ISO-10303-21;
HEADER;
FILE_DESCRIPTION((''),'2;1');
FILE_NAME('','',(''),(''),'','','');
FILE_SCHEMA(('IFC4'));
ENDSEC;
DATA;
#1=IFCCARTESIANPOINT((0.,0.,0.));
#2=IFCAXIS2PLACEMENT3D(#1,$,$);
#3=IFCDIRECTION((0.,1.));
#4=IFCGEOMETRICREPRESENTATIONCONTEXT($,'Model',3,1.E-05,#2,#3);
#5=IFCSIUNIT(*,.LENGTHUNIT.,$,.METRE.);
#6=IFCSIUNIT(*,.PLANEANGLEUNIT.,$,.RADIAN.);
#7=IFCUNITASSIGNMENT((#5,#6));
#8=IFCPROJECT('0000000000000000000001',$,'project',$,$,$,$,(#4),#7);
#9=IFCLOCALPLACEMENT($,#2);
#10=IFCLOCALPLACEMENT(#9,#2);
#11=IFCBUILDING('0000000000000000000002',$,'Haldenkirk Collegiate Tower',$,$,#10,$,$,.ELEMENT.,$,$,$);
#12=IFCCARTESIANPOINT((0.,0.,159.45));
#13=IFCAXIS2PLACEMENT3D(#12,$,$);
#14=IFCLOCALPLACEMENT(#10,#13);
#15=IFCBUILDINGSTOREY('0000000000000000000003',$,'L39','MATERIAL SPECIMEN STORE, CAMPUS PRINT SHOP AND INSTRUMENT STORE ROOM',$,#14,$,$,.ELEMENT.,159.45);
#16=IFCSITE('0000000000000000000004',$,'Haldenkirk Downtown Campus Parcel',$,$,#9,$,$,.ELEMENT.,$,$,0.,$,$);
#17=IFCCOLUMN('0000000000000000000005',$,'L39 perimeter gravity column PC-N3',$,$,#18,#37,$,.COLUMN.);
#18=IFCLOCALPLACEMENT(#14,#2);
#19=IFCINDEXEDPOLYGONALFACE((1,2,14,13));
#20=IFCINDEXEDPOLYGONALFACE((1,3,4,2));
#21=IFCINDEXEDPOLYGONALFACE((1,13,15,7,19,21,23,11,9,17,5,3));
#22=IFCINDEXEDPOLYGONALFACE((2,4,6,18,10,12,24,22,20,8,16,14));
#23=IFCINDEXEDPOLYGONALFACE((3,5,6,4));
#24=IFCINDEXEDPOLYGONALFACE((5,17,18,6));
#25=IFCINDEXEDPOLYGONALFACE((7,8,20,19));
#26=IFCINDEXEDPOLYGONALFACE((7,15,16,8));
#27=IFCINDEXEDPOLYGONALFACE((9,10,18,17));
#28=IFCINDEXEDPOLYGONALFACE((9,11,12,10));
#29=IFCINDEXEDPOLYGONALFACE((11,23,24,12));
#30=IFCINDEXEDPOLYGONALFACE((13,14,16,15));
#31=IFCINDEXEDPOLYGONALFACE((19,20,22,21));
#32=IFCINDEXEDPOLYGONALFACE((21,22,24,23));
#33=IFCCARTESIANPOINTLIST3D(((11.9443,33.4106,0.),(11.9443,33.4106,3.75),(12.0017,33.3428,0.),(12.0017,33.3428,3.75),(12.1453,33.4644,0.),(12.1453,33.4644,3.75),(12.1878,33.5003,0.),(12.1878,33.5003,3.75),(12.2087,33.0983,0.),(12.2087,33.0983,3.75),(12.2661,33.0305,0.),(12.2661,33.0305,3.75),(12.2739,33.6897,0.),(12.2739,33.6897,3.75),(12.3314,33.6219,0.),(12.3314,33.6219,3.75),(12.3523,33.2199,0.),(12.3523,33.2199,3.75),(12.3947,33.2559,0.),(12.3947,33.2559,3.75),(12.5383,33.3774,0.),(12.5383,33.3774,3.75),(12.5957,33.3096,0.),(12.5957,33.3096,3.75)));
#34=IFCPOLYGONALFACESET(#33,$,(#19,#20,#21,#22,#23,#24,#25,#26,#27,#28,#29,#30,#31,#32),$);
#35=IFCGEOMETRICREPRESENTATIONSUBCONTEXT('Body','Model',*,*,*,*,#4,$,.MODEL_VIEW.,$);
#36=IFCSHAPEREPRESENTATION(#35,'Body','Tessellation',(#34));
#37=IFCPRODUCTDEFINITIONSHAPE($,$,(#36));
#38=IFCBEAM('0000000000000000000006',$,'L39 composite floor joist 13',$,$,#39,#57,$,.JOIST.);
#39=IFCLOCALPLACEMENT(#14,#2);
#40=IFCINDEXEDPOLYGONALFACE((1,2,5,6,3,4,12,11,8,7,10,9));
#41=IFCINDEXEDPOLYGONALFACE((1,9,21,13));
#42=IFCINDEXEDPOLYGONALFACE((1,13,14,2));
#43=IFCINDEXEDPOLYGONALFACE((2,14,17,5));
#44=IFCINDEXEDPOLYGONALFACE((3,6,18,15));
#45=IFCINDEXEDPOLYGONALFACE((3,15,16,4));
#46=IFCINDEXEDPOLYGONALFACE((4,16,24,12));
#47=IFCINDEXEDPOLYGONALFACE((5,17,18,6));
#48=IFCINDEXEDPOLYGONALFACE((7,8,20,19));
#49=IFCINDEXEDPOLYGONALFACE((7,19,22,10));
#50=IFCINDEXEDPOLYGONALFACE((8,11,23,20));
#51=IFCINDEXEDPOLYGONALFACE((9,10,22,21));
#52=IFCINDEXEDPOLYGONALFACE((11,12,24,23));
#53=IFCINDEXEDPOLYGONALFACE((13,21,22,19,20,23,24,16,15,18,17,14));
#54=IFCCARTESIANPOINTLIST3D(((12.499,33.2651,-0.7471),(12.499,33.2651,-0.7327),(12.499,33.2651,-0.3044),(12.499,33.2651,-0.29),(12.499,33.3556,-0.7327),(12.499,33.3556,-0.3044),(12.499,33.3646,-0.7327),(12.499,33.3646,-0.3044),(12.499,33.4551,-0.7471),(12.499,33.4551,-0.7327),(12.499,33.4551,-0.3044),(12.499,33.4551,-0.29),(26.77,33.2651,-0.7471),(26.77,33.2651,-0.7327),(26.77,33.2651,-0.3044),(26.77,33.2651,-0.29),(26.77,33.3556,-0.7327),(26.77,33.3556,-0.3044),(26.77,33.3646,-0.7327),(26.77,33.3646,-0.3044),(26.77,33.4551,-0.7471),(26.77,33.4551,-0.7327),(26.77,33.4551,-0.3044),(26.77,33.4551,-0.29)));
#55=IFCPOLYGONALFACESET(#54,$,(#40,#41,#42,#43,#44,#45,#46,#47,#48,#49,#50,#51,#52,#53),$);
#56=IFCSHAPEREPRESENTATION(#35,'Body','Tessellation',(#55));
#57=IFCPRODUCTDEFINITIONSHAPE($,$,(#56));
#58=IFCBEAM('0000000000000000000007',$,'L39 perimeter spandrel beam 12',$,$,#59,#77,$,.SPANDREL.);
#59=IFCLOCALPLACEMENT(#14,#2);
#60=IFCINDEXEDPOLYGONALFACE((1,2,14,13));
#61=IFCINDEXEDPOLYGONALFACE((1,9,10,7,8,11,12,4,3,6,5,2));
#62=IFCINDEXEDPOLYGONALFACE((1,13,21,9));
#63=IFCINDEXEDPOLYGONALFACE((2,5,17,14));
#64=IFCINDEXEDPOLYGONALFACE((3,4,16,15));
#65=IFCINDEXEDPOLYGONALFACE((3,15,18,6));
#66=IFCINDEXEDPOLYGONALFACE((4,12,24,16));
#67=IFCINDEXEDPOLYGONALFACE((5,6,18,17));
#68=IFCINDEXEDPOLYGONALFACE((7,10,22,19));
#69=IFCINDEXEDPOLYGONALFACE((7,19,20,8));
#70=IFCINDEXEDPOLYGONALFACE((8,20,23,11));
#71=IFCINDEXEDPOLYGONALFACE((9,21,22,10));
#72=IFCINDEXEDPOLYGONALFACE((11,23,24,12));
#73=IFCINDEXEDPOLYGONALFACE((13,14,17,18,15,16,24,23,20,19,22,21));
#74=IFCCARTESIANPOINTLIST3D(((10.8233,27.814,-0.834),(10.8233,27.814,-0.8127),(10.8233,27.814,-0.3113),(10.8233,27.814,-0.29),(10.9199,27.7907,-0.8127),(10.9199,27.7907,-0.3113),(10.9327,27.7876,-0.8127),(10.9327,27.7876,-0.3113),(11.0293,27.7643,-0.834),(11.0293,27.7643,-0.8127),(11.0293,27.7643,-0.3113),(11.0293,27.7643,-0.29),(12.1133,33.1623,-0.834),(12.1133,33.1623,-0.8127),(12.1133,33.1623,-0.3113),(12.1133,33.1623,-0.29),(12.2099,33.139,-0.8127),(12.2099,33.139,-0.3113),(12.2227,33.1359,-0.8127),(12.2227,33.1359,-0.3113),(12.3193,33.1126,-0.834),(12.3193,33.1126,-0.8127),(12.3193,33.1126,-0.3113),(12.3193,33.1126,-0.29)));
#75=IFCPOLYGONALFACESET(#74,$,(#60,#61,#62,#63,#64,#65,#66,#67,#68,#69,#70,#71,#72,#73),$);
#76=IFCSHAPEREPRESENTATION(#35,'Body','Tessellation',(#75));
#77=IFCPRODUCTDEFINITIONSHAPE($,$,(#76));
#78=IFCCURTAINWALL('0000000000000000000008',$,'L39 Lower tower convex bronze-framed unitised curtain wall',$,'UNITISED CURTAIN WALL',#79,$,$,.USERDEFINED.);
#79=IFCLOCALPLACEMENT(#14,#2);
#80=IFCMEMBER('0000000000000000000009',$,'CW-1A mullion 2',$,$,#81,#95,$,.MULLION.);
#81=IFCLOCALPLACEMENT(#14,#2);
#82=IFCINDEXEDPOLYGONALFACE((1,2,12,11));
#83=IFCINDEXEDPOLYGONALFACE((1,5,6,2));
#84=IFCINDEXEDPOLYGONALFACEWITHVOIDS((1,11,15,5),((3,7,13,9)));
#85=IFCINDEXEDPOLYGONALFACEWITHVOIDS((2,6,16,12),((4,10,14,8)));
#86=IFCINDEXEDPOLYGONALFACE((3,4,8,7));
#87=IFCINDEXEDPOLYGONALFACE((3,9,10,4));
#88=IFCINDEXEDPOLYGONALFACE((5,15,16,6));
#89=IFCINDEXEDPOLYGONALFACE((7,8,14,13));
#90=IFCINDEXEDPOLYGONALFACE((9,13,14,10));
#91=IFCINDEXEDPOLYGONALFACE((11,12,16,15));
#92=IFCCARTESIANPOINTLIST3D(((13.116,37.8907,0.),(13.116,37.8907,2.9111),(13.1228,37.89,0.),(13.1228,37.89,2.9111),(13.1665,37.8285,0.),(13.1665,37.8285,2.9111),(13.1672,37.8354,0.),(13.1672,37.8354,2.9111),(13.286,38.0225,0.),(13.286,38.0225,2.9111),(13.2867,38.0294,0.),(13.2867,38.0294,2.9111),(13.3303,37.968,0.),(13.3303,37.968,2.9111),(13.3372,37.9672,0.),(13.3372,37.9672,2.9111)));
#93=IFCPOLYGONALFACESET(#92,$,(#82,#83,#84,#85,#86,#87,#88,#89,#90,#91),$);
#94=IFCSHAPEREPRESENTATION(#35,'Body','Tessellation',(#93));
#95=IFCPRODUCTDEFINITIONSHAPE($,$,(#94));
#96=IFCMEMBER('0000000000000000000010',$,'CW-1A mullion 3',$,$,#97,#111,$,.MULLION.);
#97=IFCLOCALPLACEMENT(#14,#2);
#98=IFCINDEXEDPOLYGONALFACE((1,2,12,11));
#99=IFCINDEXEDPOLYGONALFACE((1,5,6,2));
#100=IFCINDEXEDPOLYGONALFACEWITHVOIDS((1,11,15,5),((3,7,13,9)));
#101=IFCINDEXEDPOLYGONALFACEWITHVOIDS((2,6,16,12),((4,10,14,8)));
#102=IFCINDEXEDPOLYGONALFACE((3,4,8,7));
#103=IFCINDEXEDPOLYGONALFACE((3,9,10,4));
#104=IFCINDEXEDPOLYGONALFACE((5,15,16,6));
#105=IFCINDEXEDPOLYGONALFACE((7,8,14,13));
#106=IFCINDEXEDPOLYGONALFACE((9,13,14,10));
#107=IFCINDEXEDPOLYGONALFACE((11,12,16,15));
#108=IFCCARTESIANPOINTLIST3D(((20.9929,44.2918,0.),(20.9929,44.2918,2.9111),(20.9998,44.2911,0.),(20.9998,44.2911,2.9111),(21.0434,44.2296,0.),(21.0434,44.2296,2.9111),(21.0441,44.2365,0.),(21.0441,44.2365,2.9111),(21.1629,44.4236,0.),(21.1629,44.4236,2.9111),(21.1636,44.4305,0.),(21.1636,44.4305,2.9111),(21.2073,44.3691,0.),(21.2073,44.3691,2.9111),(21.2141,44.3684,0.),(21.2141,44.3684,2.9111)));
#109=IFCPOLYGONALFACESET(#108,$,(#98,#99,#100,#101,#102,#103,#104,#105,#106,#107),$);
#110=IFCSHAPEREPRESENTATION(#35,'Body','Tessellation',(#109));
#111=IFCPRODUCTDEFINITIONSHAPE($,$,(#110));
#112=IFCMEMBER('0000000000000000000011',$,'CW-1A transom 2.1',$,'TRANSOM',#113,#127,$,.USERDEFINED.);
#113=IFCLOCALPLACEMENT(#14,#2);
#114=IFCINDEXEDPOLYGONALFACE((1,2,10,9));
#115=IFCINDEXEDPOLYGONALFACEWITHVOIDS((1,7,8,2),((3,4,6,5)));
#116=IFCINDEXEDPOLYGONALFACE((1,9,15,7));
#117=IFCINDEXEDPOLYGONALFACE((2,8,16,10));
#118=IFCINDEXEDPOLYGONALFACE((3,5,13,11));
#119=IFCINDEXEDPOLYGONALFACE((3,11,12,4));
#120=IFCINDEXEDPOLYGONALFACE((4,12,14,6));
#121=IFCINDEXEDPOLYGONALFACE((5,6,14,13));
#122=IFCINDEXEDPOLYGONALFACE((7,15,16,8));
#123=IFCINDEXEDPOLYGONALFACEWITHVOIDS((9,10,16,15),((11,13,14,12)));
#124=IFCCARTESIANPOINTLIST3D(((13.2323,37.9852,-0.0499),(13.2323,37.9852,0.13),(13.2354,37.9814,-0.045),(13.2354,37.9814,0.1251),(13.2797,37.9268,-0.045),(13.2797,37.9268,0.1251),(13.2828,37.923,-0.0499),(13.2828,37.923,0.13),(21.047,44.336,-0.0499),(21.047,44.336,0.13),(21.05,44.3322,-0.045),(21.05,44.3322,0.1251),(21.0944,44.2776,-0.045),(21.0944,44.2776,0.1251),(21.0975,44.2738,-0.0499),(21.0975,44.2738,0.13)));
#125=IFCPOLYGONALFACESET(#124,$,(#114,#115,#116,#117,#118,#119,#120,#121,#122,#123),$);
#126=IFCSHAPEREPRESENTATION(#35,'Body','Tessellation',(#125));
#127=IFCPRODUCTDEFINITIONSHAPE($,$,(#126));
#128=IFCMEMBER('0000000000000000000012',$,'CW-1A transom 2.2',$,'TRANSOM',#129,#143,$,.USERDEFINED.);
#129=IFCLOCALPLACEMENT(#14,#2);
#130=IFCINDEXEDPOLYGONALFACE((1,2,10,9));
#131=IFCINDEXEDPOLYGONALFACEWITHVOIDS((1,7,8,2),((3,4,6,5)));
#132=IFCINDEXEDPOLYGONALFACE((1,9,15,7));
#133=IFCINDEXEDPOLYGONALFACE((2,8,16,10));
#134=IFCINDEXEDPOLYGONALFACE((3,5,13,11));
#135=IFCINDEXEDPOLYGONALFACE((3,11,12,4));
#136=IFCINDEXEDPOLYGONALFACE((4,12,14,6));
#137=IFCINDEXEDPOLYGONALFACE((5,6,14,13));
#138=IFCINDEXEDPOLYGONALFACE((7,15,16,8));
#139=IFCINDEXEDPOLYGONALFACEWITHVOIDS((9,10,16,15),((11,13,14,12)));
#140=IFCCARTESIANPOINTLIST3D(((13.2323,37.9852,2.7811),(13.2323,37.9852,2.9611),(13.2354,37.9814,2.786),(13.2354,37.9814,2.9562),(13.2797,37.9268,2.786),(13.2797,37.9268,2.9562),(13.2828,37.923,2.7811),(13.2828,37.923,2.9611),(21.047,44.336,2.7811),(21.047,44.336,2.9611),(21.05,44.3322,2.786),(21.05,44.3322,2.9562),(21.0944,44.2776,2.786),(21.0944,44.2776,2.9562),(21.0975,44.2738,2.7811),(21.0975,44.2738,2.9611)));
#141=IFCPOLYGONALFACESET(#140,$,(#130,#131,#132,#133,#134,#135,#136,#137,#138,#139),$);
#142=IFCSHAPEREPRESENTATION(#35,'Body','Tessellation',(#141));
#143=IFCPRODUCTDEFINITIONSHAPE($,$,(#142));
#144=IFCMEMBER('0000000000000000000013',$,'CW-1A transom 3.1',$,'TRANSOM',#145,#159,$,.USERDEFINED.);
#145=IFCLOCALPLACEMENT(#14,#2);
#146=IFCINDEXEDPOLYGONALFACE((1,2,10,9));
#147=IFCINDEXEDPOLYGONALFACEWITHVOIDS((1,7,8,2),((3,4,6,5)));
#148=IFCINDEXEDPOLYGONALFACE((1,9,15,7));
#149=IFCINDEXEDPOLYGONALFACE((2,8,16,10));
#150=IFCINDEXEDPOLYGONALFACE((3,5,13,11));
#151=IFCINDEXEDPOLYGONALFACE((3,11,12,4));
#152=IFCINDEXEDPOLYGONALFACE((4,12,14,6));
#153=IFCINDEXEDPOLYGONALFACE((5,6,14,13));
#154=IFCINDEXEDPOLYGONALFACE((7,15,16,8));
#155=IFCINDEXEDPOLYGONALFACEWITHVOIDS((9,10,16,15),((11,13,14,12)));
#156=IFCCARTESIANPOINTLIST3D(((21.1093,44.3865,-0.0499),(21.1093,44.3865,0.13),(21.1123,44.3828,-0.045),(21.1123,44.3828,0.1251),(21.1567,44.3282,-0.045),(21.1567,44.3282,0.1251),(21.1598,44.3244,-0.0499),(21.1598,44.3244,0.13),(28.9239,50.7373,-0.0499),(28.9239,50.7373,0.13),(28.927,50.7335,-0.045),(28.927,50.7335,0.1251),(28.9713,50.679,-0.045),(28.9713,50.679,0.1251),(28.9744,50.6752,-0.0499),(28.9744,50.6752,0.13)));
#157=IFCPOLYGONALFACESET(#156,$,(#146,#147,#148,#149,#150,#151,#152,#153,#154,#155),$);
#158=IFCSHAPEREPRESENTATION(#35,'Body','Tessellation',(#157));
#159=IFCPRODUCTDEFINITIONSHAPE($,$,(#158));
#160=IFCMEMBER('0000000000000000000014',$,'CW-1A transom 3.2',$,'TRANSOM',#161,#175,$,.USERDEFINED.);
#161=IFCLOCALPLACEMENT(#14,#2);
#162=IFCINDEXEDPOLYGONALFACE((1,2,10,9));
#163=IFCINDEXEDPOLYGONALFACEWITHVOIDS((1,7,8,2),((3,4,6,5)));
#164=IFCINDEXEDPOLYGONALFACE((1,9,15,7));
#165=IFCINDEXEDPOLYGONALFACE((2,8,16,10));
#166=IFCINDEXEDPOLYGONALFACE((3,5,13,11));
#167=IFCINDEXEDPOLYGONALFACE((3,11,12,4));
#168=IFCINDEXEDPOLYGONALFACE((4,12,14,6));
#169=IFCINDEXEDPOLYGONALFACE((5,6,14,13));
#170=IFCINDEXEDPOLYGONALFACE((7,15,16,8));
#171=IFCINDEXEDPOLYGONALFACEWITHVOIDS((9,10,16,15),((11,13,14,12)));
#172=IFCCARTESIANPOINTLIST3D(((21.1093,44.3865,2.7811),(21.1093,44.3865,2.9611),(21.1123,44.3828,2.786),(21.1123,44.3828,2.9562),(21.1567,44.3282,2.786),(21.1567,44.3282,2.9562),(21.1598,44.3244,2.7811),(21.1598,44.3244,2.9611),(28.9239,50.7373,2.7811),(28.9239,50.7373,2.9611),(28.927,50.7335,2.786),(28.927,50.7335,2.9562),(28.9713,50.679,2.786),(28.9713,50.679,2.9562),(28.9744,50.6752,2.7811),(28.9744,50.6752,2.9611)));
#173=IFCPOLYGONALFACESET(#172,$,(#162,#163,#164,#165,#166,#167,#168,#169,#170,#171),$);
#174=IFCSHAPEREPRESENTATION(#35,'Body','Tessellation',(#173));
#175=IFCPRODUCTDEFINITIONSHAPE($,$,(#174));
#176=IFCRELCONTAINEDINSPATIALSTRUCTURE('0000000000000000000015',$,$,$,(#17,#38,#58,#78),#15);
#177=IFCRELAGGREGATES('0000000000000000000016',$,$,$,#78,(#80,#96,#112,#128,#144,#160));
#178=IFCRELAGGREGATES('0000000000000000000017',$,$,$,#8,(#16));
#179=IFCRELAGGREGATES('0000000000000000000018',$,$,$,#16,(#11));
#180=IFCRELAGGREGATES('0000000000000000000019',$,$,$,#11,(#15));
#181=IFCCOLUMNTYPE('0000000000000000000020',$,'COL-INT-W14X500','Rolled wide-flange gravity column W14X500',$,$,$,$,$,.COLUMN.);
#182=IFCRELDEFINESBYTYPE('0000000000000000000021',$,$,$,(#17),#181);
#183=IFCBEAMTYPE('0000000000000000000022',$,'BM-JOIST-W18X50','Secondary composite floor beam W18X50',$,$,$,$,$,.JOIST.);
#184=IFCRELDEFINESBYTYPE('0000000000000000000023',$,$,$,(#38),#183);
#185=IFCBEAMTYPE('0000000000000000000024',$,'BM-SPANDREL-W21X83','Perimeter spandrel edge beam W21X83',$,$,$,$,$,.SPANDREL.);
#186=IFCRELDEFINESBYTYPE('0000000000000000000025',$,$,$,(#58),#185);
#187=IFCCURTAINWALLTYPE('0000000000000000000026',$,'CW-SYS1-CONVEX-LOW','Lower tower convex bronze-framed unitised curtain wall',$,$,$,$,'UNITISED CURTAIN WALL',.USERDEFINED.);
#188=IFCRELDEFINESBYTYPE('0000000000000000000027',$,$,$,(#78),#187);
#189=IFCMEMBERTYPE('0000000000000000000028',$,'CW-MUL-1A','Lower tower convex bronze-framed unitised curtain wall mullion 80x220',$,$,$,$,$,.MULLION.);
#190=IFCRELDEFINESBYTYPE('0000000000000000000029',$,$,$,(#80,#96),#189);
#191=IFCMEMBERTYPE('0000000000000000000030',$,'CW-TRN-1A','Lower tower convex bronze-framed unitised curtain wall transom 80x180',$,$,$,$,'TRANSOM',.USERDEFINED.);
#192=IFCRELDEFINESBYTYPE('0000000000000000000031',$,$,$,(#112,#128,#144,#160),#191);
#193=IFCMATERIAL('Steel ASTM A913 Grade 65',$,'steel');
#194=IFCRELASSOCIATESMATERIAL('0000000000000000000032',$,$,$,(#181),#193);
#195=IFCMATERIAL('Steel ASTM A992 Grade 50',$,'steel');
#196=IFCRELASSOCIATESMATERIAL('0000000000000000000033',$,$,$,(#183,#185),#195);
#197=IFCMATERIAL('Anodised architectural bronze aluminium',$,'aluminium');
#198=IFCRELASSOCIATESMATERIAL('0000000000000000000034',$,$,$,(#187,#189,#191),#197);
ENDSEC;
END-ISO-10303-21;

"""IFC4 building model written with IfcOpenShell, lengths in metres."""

from ifc_helpers import new_model, si_unit, direction, frame, origin, origin_2d, place, context, subcontext, project, spatial, hollow_rectangle, i_section, extrude, material, material_profile, profile_set, type_object, element, aggregate, save


model = new_model("IFC4")

# Units and contexts
model_context = context("Model", 3, precision=1e-05, world=origin(), true_north=direction((0.0, 1.0)))
body_context = subcontext(model_context, "Body", "Model", "MODEL_VIEW")
ifc_project = project(units=[si_unit("LENGTHUNIT", "METRE"), si_unit("PLANEANGLEUNIT", "RADIAN")], contexts=[model_context])

# Site, building, storey
site_placement = place(None, origin())
site = spatial("IfcSite", under=ifc_project, at=site_placement, Name="Haldenkirk Downtown Campus Parcel", CompositionType="ELEMENT", RefElevation=0.0)
building_placement = place(site_placement, origin())
building = spatial("IfcBuilding", under=site, at=building_placement, Name="Haldenkirk Collegiate Tower", CompositionType="ELEMENT")
storey_placement = place(building_placement, frame((0.0, 0.0, 159.45)))
storey = spatial("IfcBuildingStorey", under=building, at=storey_placement, Name="L39", Description="MATERIAL SPECIMEN STORE, CAMPUS PRINT SHOP AND INSTRUMENT STORE ROOM", CompositionType="ELEMENT", Elevation=159.45)

# Column
ifc_material_1 = material(Name="Steel ASTM A913 Grade 65", Category="steel")
ifc_material_profile_1 = material_profile(ifc_material_1, i_section(OverallWidth=0.4319, OverallDepth=0.498, WebThickness=0.0557, FlangeThickness=0.0889, at=origin_2d()), Name="W14X500")
ifc_profile_set_1 = profile_set([ifc_material_profile_1], Name="Steel ASTM A913 Grade 65")
column_type = type_object("IfcColumnType", Name="COL-INT-W14X500", Description="Rolled wide-flange gravity column W14X500", PredefinedType="COLUMN", material=ifc_profile_set_1)
column_placement = place(storey_placement, frame((12.27, 33.3601, 0.0), z_axis=(0.0, 0.0, 1.0), x_axis=(0.763232, 0.646124, 0.0)))
element("IfcColumn", 1, at=column_placement, inside=storey, type_object=column_type, Name="L39 perimeter gravity column PC-N3", PredefinedType="COLUMN", context=body_context, shape_type="SweptSolid", body=[
    extrude(i_section(OverallWidth=0.4319, OverallDepth=0.498, WebThickness=0.0557, FlangeThickness=0.0889, at=origin_2d()), origin(), (0.0, 0.0, 1.0), 3.75),
])

# Beams
ifc_material_2 = material(Name="Steel ASTM A992 Grade 50", Category="steel")
ifc_material_profile_2 = material_profile(ifc_material_2, i_section(OverallWidth=0.1899, OverallDepth=0.457, WebThickness=0.009, FlangeThickness=0.0144, at=origin_2d()), Name="W18X50")
ifc_profile_set_2 = profile_set([ifc_material_profile_2], Name="Steel ASTM A992 Grade 50")
beam_type_1 = type_object("IfcBeamType", Name="BM-JOIST-W18X50", Description="Secondary composite floor beam W18X50", PredefinedType="JOIST", material=ifc_profile_set_2)
beam_1_placement = place(storey_placement, frame((12.499, 33.3601, -0.5186), z_axis=(1.0, 0.0, 0.0), x_axis=(0.0, 1.0, 0.0)))
element("IfcBeam", 2, at=beam_1_placement, inside=storey, type_object=beam_type_1, Name="L39 composite floor joist 13", PredefinedType="JOIST", context=body_context, shape_type="SweptSolid", body=[
    extrude(i_section(OverallWidth=0.1899, OverallDepth=0.457, WebThickness=0.009, FlangeThickness=0.0144, at=origin_2d()), origin(), (0.0, 0.0, 1.0), 14.271),
])
ifc_material_profile_3 = material_profile(ifc_material_2, i_section(OverallWidth=0.2119, OverallDepth=0.5439, WebThickness=0.0132, FlangeThickness=0.0212, at=origin_2d()), Name="W21X83")
ifc_profile_set_3 = profile_set([ifc_material_profile_3], Name="Steel ASTM A992 Grade 50")
beam_type_2 = type_object("IfcBeamType", Name="BM-SPANDREL-W21X83", Description="Perimeter spandrel edge beam W21X83", PredefinedType="SPANDREL", material=ifc_profile_set_3)
beam_2_placement = place(storey_placement, frame((12.2163, 33.1375, -0.562), z_axis=(-0.234477, -0.972122, 0.0), x_axis=(0.972122, -0.234477, 0.0)))
element("IfcBeam", 3, at=beam_2_placement, inside=storey, type_object=beam_type_2, Name="L39 perimeter spandrel beam 12", PredefinedType="SPANDREL", context=body_context, shape_type="SweptSolid", body=[
    extrude(i_section(OverallWidth=0.2119, OverallDepth=0.5439, WebThickness=0.0132, FlangeThickness=0.0212, at=origin_2d()), origin(), (0.0, 0.0, 1.0), 5.5017),
])

# Curtain wall, members
ifc_material_3 = material(Name="Anodised architectural bronze aluminium", Category="aluminium")
curtain_wall_type = type_object("IfcCurtainWallType", Name="CW-SYS1-CONVEX-LOW", Description="Lower tower convex bronze-framed unitised curtain wall", ElementType="UNITISED CURTAIN WALL", PredefinedType="USERDEFINED", material=ifc_material_3)
curtain_wall_placement = place(storey_placement, origin())
curtain_wall = element("IfcCurtainWall", 4, at=curtain_wall_placement, inside=storey, type_object=curtain_wall_type, Name="L39 Lower tower convex bronze-framed unitised curtain wall", ObjectType="UNITISED CURTAIN WALL", PredefinedType="USERDEFINED")
ifc_material_profile_4 = material_profile(ifc_material_3, hollow_rectangle(XDim=0.0801, YDim=0.22, WallThickness=0.0049, at=origin_2d()), Name="CW-MUL-1A")
ifc_profile_set_4 = profile_set([ifc_material_profile_4], Name="Anodised architectural bronze aluminium")
member_type_1 = type_object("IfcMemberType", Name="CW-MUL-1A", Description="Lower tower convex bronze-framed unitised curtain wall mullion 80x220", PredefinedType="MULLION", material=ifc_profile_set_4)
member_1_placement = place(storey_placement, frame((13.2266, 37.929, 0.0), z_axis=(0.0, 0.0, 1.0), x_axis=(-0.630674, 0.776048, 0.0)))
member_1 = element("IfcMember", 5, at=member_1_placement, type_object=member_type_1, Name="CW-1A mullion 2", PredefinedType="MULLION", context=body_context, shape_type="SweptSolid", body=[
    extrude(hollow_rectangle(XDim=0.0801, YDim=0.22, WallThickness=0.0049, at=origin_2d()), origin(), (0.0, 0.0, 1.0), 2.9111),
])
member_2_placement = place(storey_placement, frame((21.1035, 44.3301, 0.0), z_axis=(0.0, 0.0, 1.0), x_axis=(-0.630674, 0.776048, 0.0)))
member_2 = element("IfcMember", 6, at=member_2_placement, type_object=member_type_1, Name="CW-1A mullion 3", PredefinedType="MULLION", context=body_context, shape_type="SweptSolid", body=[
    extrude(hollow_rectangle(XDim=0.0801, YDim=0.22, WallThickness=0.0049, at=origin_2d()), origin(), (0.0, 0.0, 1.0), 2.9111),
])
ifc_material_profile_5 = material_profile(ifc_material_3, hollow_rectangle(XDim=0.0801, YDim=0.1799, WallThickness=0.0049, at=origin_2d()), Name="CW-TRN-1A")
ifc_profile_set_5 = profile_set([ifc_material_profile_5], Name="Anodised architectural bronze aluminium")
member_type_2 = type_object("IfcMemberType", Name="CW-TRN-1A", Description="Lower tower convex bronze-framed unitised curtain wall transom 80x180", ElementType="TRANSOM", PredefinedType="USERDEFINED", material=ifc_profile_set_5)
member_3_placement = place(storey_placement, frame((13.2576, 37.9541, 0.04), z_axis=(0.776047, 0.630676, 0.0), x_axis=(-0.630676, 0.776047, 0.0)))
member_3 = element("IfcMember", 7, at=member_3_placement, type_object=member_type_2, Name="CW-1A transom 2.1", ObjectType="TRANSOM", PredefinedType="USERDEFINED", context=body_context, shape_type="SweptSolid", body=[
    extrude(hollow_rectangle(XDim=0.0801, YDim=0.1799, WallThickness=0.0049, at=origin_2d()), origin(), (0.0, 0.0, 1.0), 10.0698),
])
member_4_placement = place(storey_placement, frame((13.2576, 37.9541, 2.8711), z_axis=(0.776047, 0.630676, 0.0), x_axis=(-0.630676, 0.776047, 0.0)))
member_4 = element("IfcMember", 8, at=member_4_placement, type_object=member_type_2, Name="CW-1A transom 2.2", ObjectType="TRANSOM", PredefinedType="USERDEFINED", context=body_context, shape_type="SweptSolid", body=[
    extrude(hollow_rectangle(XDim=0.0801, YDim=0.1799, WallThickness=0.0049, at=origin_2d()), origin(), (0.0, 0.0, 1.0), 10.0698),
])
member_5_placement = place(storey_placement, frame((21.1345, 44.3555, 0.04), z_axis=(0.776047, 0.630676, 0.0), x_axis=(-0.630676, 0.776047, 0.0)))
member_5 = element("IfcMember", 9, at=member_5_placement, type_object=member_type_2, Name="CW-1A transom 3.1", ObjectType="TRANSOM", PredefinedType="USERDEFINED", context=body_context, shape_type="SweptSolid", body=[
    extrude(hollow_rectangle(XDim=0.0801, YDim=0.1799, WallThickness=0.0049, at=origin_2d()), origin(), (0.0, 0.0, 1.0), 10.0698),
])
member_6_placement = place(storey_placement, frame((21.1345, 44.3555, 2.8711), z_axis=(0.776047, 0.630676, 0.0), x_axis=(-0.630676, 0.776047, 0.0)))
member_6 = element("IfcMember", 10, at=member_6_placement, type_object=member_type_2, Name="CW-1A transom 3.2", ObjectType="TRANSOM", PredefinedType="USERDEFINED", context=body_context, shape_type="SweptSolid", body=[
    extrude(hollow_rectangle(XDim=0.0801, YDim=0.1799, WallThickness=0.0049, at=origin_2d()), origin(), (0.0, 0.0, 1.0), 10.0698),
])
aggregate(curtain_wall, [member_1, member_2, member_3, member_4, member_5, member_6])

save(model, "model.ifc")
